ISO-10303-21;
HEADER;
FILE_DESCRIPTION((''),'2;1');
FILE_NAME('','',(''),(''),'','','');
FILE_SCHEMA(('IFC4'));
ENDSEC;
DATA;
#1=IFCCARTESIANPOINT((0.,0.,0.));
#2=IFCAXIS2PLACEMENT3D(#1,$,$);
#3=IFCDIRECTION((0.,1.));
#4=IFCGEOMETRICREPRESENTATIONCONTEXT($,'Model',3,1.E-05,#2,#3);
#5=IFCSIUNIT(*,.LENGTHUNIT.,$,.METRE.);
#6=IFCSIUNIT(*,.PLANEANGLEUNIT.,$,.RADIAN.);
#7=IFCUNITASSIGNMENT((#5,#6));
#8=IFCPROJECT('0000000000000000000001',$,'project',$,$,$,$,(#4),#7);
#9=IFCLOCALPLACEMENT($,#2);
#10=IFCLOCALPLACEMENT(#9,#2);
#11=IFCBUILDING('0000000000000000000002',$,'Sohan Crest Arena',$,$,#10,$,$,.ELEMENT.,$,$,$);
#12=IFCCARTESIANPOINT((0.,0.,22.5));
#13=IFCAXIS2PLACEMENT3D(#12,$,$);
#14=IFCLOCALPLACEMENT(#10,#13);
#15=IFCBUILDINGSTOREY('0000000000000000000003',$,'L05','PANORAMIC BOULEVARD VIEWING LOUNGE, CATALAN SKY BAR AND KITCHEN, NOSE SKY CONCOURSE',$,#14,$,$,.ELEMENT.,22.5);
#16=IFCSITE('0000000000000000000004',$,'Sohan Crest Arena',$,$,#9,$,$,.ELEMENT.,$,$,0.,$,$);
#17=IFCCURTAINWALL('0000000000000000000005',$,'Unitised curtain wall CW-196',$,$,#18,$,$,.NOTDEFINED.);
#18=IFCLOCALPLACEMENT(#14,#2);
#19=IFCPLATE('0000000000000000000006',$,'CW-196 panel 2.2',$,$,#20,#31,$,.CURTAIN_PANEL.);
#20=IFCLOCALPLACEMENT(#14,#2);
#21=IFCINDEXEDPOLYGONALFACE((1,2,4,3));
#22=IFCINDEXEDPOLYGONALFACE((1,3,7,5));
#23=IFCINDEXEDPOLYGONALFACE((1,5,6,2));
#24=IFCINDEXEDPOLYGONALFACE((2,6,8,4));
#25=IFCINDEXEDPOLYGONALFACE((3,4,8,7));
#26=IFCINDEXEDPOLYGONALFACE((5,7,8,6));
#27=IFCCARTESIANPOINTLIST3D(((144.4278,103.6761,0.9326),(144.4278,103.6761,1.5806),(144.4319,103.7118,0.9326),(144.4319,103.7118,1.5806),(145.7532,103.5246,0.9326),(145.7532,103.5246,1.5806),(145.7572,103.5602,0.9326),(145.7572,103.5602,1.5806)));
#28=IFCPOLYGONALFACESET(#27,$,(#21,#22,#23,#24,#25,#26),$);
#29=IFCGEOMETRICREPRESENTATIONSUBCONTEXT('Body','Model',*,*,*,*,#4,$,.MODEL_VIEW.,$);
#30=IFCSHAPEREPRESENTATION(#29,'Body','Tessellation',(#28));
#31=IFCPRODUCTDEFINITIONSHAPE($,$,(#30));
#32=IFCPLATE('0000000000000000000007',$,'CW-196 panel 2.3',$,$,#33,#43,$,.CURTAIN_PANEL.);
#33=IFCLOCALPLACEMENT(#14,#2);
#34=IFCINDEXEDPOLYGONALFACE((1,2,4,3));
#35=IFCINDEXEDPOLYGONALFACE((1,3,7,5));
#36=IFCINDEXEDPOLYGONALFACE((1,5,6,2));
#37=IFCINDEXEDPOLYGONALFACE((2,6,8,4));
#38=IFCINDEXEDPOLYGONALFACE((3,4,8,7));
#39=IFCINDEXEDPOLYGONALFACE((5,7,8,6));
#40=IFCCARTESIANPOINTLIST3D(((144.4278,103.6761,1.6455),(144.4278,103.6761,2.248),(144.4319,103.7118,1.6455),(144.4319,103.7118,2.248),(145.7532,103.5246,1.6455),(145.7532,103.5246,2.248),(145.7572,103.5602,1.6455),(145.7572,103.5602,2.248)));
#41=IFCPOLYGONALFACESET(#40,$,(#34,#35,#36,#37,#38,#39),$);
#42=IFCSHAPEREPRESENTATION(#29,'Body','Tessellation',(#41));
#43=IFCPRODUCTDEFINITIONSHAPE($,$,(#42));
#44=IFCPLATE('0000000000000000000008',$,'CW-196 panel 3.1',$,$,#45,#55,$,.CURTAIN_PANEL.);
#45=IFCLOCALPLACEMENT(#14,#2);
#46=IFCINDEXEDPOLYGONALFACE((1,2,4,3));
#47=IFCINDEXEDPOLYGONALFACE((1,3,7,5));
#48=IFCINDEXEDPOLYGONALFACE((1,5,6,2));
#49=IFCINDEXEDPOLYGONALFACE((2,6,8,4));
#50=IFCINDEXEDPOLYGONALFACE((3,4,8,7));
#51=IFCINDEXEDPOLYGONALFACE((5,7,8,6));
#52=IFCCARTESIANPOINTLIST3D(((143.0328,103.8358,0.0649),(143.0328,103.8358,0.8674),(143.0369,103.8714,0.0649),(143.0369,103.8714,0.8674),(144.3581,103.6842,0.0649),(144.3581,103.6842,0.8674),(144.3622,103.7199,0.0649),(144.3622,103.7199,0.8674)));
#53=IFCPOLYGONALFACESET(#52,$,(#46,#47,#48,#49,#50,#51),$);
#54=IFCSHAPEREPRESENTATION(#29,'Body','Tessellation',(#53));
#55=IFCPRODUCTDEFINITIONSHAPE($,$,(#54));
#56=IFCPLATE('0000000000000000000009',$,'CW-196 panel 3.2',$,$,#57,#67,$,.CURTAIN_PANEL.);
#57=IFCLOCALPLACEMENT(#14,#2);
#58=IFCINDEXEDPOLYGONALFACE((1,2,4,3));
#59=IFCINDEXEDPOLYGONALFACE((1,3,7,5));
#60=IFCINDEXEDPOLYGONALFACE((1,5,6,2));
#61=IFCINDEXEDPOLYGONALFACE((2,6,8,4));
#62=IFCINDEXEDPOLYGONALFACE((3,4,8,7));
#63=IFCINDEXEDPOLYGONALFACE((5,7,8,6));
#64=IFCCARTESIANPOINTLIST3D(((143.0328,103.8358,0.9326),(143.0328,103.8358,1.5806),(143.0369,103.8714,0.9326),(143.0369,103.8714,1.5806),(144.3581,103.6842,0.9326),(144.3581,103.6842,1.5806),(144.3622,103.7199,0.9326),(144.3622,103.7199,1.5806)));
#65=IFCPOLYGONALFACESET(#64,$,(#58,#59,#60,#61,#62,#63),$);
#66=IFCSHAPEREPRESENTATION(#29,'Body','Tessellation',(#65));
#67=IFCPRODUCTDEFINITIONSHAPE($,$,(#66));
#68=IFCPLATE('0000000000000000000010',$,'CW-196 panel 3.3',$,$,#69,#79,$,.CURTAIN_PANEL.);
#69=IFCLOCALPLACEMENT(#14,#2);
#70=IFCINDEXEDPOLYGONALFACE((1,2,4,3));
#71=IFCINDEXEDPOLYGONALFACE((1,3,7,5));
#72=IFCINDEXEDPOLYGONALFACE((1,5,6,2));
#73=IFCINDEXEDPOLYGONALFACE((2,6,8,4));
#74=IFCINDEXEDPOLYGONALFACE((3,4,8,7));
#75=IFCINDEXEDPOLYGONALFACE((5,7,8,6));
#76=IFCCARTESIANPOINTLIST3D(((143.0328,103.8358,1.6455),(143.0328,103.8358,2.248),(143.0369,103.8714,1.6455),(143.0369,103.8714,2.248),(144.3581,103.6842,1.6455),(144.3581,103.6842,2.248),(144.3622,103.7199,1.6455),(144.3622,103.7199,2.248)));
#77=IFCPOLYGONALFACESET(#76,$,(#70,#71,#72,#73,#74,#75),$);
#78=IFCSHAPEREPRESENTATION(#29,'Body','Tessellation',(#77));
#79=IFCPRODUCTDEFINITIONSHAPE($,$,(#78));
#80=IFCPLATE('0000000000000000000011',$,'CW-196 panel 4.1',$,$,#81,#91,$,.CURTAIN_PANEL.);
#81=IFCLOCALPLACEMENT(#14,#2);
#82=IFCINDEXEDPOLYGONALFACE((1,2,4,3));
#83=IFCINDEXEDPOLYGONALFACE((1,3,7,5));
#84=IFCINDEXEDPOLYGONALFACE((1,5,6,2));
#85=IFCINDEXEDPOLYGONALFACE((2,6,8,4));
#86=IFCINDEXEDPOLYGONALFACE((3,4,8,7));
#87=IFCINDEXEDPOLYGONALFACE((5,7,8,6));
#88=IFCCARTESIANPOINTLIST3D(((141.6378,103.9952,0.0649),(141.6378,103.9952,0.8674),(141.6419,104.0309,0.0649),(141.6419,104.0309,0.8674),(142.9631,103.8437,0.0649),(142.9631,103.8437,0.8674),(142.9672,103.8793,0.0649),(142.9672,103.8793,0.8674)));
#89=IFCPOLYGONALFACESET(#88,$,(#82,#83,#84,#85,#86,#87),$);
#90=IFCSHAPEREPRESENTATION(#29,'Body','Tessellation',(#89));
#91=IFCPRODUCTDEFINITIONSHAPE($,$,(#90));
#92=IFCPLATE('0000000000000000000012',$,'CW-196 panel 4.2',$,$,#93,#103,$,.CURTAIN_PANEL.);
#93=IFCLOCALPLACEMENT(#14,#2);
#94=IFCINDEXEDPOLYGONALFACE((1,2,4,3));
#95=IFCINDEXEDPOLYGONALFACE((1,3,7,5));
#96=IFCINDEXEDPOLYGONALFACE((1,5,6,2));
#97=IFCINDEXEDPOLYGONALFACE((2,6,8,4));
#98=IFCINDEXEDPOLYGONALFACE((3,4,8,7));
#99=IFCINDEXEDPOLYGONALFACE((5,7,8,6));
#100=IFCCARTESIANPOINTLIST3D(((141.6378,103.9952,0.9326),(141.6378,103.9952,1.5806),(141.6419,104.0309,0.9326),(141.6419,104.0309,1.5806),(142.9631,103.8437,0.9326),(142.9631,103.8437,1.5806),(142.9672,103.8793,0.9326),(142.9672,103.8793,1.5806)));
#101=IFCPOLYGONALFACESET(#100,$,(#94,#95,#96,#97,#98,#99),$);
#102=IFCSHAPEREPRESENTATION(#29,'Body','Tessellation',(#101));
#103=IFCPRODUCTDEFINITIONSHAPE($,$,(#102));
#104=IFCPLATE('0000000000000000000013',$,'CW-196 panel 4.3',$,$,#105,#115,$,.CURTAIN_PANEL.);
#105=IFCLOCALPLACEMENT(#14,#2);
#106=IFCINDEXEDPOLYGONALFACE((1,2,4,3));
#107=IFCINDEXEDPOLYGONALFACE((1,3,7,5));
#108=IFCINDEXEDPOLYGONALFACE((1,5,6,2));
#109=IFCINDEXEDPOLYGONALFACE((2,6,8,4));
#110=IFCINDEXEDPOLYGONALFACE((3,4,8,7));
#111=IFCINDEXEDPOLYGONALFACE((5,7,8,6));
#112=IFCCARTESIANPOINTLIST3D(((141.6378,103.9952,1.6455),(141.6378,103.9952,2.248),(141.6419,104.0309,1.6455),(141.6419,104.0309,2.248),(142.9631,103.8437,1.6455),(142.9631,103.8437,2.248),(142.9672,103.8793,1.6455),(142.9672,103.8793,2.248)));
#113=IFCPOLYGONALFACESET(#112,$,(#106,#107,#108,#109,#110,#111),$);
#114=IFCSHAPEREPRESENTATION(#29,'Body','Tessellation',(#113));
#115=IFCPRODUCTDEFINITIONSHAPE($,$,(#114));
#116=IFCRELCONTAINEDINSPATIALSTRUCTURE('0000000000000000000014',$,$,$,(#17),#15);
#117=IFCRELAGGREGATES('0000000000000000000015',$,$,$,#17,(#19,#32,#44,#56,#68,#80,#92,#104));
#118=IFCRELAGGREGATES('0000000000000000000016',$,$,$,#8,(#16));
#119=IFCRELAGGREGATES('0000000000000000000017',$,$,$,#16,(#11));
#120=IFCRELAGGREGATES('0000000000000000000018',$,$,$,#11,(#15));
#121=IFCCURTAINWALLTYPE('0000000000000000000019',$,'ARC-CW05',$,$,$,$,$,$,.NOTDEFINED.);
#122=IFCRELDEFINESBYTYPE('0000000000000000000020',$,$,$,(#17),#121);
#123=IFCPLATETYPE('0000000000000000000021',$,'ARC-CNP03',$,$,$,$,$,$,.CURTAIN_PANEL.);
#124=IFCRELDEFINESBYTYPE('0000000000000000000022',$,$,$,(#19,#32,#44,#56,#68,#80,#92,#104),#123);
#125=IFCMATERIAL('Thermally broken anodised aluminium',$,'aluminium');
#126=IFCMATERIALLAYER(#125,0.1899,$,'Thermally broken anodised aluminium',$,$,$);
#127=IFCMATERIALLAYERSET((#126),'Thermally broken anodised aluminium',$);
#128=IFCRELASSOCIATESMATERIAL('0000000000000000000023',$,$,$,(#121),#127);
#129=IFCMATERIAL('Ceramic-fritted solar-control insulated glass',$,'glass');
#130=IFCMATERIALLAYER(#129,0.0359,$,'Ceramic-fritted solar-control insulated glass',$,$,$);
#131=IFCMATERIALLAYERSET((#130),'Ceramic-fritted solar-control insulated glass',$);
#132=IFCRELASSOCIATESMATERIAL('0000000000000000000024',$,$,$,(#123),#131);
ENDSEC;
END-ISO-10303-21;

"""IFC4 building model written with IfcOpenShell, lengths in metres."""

from ifc_helpers import new_model, si_unit, direction, frame, origin, origin_2d, place, context, subcontext, project, spatial, rectangle, extrude, material, layer, layer_set, type_object, element, aggregate, save


model = new_model("IFC4")

# Units and contexts
model_context = context("Model", 3, precision=1e-05, world=origin(), true_north=direction((0.0, 1.0)))
body_context = subcontext(model_context, "Body", "Model", "MODEL_VIEW")
ifc_project = project(units=[si_unit("LENGTHUNIT", "METRE"), si_unit("PLANEANGLEUNIT", "RADIAN")], contexts=[model_context])

# Site, building, storey
site_placement = place(None, origin())
site = spatial("IfcSite", under=ifc_project, at=site_placement, Name="Sohan Crest Arena", CompositionType="ELEMENT", RefElevation=0.0)
building_placement = place(site_placement, origin())
building = spatial("IfcBuilding", under=site, at=building_placement, Name="Sohan Crest Arena", CompositionType="ELEMENT")
storey_placement = place(building_placement, frame((0.0, 0.0, 22.5)))
storey = spatial("IfcBuildingStorey", under=building, at=storey_placement, Name="L05", Description="PANORAMIC BOULEVARD VIEWING LOUNGE, CATALAN SKY BAR AND KITCHEN, NOSE SKY CONCOURSE", CompositionType="ELEMENT", Elevation=22.5)

# Curtain wall, plates
ifc_material_1 = material(Name="Thermally broken anodised aluminium", Category="aluminium")
ifc_layer_1 = layer(ifc_material_1, 0.1899, Name="Thermally broken anodised aluminium")
ifc_layer_set_1 = layer_set([ifc_layer_1], Name="Thermally broken anodised aluminium")
curtain_wall_type = type_object("IfcCurtainWallType", Name="ARC-CW05", PredefinedType="NOTDEFINED", material=ifc_layer_set_1)
curtain_wall_placement = place(storey_placement, origin())
curtain_wall = element("IfcCurtainWall", 1, at=curtain_wall_placement, inside=storey, type_object=curtain_wall_type, Name="Unitised curtain wall CW-196", PredefinedType="NOTDEFINED")
ifc_material_2 = material(Name="Ceramic-fritted solar-control insulated glass", Category="glass")
ifc_layer_2 = layer(ifc_material_2, 0.0359, Name="Ceramic-fritted solar-control insulated glass")
ifc_layer_set_2 = layer_set([ifc_layer_2], Name="Ceramic-fritted solar-control insulated glass")
plate_type = type_object("IfcPlateType", Name="ARC-CNP03", PredefinedType="CURTAIN_PANEL", material=ifc_layer_set_2)
plate_1_placement = place(storey_placement, frame((145.0925, 103.6182, 0.9326), z_axis=(0.0, 0.0, 1.0), x_axis=(-0.993527, 0.113597, 0.0)))
plate_1 = element("IfcPlate", 2, at=plate_1_placement, type_object=plate_type, Name="CW-196 panel 2.2", PredefinedType="CURTAIN_PANEL", context=body_context, shape_type="SweptSolid", body=[
    extrude(rectangle(XDim=1.334, YDim=0.0359, at=origin_2d()), origin(), (0.0, 0.0, 1.0), 0.6479),
])
plate_2_placement = place(storey_placement, frame((145.0925, 103.6182, 1.6455), z_axis=(0.0, 0.0, 1.0), x_axis=(-0.993527, 0.113597, 0.0)))
plate_2 = element("IfcPlate", 3, at=plate_2_placement, type_object=plate_type, Name="CW-196 panel 2.3", PredefinedType="CURTAIN_PANEL", context=body_context, shape_type="SweptSolid", body=[
    extrude(rectangle(XDim=1.334, YDim=0.0359, at=origin_2d()), origin(), (0.0, 0.0, 1.0), 0.6025),
])
plate_3_placement = place(storey_placement, frame((143.6975, 103.7778, 0.0649), z_axis=(0.0, 0.0, 1.0), x_axis=(-0.993527, 0.113597, 0.0)))
plate_3 = element("IfcPlate", 4, at=plate_3_placement, type_object=plate_type, Name="CW-196 panel 3.1", PredefinedType="CURTAIN_PANEL", context=body_context, shape_type="SweptSolid", body=[
    extrude(rectangle(XDim=1.334, YDim=0.0359, at=origin_2d()), origin(), (0.0, 0.0, 1.0), 0.8025),
])
plate_4_placement = place(storey_placement, frame((143.6975, 103.7778, 0.9326), z_axis=(0.0, 0.0, 1.0), x_axis=(-0.993527, 0.113597, 0.0)))
plate_4 = element("IfcPlate", 5, at=plate_4_placement, type_object=plate_type, Name="CW-196 panel 3.2", PredefinedType="CURTAIN_PANEL", context=body_context, shape_type="SweptSolid", body=[
    extrude(rectangle(XDim=1.334, YDim=0.0359, at=origin_2d()), origin(), (0.0, 0.0, 1.0), 0.6479),
])
plate_5_placement = place(storey_placement, frame((143.6975, 103.7778, 1.6455), z_axis=(0.0, 0.0, 1.0), x_axis=(-0.993527, 0.113597, 0.0)))
plate_5 = element("IfcPlate", 6, at=plate_5_placement, type_object=plate_type, Name="CW-196 panel 3.3", PredefinedType="CURTAIN_PANEL", context=body_context, shape_type="SweptSolid", body=[
    extrude(rectangle(XDim=1.334, YDim=0.0359, at=origin_2d()), origin(), (0.0, 0.0, 1.0), 0.6025),
])
plate_6_placement = place(storey_placement, frame((142.3025, 103.9373, 0.0649), z_axis=(0.0, 0.0, 1.0), x_axis=(-0.993527, 0.113597, 0.0)))
plate_6 = element("IfcPlate", 7, at=plate_6_placement, type_object=plate_type, Name="CW-196 panel 4.1", PredefinedType="CURTAIN_PANEL", context=body_context, shape_type="SweptSolid", body=[
    extrude(rectangle(XDim=1.334, YDim=0.0359, at=origin_2d()), origin(), (0.0, 0.0, 1.0), 0.8025),
])
plate_7_placement = place(storey_placement, frame((142.3025, 103.9373, 0.9326), z_axis=(0.0, 0.0, 1.0), x_axis=(-0.993527, 0.113597, 0.0)))
plate_7 = element("IfcPlate", 8, at=plate_7_placement, type_object=plate_type, Name="CW-196 panel 4.2", PredefinedType="CURTAIN_PANEL", context=body_context, shape_type="SweptSolid", body=[
    extrude(rectangle(XDim=1.334, YDim=0.0359, at=origin_2d()), origin(), (0.0, 0.0, 1.0), 0.6479),
])
plate_8_placement = place(storey_placement, frame((142.3025, 103.9373, 1.6455), z_axis=(0.0, 0.0, 1.0), x_axis=(-0.993527, 0.113597, 0.0)))
plate_8 = element("IfcPlate", 9, at=plate_8_placement, type_object=plate_type, Name="CW-196 panel 4.3", PredefinedType="CURTAIN_PANEL", context=body_context, shape_type="SweptSolid", body=[
    extrude(rectangle(XDim=1.334, YDim=0.0359, at=origin_2d()), origin(), (0.0, 0.0, 1.0), 0.6025),
])
aggregate(curtain_wall, [plate_1, plate_2, plate_3, plate_4, plate_5, plate_6, plate_7, plate_8])

save(model, "model.ifc")
